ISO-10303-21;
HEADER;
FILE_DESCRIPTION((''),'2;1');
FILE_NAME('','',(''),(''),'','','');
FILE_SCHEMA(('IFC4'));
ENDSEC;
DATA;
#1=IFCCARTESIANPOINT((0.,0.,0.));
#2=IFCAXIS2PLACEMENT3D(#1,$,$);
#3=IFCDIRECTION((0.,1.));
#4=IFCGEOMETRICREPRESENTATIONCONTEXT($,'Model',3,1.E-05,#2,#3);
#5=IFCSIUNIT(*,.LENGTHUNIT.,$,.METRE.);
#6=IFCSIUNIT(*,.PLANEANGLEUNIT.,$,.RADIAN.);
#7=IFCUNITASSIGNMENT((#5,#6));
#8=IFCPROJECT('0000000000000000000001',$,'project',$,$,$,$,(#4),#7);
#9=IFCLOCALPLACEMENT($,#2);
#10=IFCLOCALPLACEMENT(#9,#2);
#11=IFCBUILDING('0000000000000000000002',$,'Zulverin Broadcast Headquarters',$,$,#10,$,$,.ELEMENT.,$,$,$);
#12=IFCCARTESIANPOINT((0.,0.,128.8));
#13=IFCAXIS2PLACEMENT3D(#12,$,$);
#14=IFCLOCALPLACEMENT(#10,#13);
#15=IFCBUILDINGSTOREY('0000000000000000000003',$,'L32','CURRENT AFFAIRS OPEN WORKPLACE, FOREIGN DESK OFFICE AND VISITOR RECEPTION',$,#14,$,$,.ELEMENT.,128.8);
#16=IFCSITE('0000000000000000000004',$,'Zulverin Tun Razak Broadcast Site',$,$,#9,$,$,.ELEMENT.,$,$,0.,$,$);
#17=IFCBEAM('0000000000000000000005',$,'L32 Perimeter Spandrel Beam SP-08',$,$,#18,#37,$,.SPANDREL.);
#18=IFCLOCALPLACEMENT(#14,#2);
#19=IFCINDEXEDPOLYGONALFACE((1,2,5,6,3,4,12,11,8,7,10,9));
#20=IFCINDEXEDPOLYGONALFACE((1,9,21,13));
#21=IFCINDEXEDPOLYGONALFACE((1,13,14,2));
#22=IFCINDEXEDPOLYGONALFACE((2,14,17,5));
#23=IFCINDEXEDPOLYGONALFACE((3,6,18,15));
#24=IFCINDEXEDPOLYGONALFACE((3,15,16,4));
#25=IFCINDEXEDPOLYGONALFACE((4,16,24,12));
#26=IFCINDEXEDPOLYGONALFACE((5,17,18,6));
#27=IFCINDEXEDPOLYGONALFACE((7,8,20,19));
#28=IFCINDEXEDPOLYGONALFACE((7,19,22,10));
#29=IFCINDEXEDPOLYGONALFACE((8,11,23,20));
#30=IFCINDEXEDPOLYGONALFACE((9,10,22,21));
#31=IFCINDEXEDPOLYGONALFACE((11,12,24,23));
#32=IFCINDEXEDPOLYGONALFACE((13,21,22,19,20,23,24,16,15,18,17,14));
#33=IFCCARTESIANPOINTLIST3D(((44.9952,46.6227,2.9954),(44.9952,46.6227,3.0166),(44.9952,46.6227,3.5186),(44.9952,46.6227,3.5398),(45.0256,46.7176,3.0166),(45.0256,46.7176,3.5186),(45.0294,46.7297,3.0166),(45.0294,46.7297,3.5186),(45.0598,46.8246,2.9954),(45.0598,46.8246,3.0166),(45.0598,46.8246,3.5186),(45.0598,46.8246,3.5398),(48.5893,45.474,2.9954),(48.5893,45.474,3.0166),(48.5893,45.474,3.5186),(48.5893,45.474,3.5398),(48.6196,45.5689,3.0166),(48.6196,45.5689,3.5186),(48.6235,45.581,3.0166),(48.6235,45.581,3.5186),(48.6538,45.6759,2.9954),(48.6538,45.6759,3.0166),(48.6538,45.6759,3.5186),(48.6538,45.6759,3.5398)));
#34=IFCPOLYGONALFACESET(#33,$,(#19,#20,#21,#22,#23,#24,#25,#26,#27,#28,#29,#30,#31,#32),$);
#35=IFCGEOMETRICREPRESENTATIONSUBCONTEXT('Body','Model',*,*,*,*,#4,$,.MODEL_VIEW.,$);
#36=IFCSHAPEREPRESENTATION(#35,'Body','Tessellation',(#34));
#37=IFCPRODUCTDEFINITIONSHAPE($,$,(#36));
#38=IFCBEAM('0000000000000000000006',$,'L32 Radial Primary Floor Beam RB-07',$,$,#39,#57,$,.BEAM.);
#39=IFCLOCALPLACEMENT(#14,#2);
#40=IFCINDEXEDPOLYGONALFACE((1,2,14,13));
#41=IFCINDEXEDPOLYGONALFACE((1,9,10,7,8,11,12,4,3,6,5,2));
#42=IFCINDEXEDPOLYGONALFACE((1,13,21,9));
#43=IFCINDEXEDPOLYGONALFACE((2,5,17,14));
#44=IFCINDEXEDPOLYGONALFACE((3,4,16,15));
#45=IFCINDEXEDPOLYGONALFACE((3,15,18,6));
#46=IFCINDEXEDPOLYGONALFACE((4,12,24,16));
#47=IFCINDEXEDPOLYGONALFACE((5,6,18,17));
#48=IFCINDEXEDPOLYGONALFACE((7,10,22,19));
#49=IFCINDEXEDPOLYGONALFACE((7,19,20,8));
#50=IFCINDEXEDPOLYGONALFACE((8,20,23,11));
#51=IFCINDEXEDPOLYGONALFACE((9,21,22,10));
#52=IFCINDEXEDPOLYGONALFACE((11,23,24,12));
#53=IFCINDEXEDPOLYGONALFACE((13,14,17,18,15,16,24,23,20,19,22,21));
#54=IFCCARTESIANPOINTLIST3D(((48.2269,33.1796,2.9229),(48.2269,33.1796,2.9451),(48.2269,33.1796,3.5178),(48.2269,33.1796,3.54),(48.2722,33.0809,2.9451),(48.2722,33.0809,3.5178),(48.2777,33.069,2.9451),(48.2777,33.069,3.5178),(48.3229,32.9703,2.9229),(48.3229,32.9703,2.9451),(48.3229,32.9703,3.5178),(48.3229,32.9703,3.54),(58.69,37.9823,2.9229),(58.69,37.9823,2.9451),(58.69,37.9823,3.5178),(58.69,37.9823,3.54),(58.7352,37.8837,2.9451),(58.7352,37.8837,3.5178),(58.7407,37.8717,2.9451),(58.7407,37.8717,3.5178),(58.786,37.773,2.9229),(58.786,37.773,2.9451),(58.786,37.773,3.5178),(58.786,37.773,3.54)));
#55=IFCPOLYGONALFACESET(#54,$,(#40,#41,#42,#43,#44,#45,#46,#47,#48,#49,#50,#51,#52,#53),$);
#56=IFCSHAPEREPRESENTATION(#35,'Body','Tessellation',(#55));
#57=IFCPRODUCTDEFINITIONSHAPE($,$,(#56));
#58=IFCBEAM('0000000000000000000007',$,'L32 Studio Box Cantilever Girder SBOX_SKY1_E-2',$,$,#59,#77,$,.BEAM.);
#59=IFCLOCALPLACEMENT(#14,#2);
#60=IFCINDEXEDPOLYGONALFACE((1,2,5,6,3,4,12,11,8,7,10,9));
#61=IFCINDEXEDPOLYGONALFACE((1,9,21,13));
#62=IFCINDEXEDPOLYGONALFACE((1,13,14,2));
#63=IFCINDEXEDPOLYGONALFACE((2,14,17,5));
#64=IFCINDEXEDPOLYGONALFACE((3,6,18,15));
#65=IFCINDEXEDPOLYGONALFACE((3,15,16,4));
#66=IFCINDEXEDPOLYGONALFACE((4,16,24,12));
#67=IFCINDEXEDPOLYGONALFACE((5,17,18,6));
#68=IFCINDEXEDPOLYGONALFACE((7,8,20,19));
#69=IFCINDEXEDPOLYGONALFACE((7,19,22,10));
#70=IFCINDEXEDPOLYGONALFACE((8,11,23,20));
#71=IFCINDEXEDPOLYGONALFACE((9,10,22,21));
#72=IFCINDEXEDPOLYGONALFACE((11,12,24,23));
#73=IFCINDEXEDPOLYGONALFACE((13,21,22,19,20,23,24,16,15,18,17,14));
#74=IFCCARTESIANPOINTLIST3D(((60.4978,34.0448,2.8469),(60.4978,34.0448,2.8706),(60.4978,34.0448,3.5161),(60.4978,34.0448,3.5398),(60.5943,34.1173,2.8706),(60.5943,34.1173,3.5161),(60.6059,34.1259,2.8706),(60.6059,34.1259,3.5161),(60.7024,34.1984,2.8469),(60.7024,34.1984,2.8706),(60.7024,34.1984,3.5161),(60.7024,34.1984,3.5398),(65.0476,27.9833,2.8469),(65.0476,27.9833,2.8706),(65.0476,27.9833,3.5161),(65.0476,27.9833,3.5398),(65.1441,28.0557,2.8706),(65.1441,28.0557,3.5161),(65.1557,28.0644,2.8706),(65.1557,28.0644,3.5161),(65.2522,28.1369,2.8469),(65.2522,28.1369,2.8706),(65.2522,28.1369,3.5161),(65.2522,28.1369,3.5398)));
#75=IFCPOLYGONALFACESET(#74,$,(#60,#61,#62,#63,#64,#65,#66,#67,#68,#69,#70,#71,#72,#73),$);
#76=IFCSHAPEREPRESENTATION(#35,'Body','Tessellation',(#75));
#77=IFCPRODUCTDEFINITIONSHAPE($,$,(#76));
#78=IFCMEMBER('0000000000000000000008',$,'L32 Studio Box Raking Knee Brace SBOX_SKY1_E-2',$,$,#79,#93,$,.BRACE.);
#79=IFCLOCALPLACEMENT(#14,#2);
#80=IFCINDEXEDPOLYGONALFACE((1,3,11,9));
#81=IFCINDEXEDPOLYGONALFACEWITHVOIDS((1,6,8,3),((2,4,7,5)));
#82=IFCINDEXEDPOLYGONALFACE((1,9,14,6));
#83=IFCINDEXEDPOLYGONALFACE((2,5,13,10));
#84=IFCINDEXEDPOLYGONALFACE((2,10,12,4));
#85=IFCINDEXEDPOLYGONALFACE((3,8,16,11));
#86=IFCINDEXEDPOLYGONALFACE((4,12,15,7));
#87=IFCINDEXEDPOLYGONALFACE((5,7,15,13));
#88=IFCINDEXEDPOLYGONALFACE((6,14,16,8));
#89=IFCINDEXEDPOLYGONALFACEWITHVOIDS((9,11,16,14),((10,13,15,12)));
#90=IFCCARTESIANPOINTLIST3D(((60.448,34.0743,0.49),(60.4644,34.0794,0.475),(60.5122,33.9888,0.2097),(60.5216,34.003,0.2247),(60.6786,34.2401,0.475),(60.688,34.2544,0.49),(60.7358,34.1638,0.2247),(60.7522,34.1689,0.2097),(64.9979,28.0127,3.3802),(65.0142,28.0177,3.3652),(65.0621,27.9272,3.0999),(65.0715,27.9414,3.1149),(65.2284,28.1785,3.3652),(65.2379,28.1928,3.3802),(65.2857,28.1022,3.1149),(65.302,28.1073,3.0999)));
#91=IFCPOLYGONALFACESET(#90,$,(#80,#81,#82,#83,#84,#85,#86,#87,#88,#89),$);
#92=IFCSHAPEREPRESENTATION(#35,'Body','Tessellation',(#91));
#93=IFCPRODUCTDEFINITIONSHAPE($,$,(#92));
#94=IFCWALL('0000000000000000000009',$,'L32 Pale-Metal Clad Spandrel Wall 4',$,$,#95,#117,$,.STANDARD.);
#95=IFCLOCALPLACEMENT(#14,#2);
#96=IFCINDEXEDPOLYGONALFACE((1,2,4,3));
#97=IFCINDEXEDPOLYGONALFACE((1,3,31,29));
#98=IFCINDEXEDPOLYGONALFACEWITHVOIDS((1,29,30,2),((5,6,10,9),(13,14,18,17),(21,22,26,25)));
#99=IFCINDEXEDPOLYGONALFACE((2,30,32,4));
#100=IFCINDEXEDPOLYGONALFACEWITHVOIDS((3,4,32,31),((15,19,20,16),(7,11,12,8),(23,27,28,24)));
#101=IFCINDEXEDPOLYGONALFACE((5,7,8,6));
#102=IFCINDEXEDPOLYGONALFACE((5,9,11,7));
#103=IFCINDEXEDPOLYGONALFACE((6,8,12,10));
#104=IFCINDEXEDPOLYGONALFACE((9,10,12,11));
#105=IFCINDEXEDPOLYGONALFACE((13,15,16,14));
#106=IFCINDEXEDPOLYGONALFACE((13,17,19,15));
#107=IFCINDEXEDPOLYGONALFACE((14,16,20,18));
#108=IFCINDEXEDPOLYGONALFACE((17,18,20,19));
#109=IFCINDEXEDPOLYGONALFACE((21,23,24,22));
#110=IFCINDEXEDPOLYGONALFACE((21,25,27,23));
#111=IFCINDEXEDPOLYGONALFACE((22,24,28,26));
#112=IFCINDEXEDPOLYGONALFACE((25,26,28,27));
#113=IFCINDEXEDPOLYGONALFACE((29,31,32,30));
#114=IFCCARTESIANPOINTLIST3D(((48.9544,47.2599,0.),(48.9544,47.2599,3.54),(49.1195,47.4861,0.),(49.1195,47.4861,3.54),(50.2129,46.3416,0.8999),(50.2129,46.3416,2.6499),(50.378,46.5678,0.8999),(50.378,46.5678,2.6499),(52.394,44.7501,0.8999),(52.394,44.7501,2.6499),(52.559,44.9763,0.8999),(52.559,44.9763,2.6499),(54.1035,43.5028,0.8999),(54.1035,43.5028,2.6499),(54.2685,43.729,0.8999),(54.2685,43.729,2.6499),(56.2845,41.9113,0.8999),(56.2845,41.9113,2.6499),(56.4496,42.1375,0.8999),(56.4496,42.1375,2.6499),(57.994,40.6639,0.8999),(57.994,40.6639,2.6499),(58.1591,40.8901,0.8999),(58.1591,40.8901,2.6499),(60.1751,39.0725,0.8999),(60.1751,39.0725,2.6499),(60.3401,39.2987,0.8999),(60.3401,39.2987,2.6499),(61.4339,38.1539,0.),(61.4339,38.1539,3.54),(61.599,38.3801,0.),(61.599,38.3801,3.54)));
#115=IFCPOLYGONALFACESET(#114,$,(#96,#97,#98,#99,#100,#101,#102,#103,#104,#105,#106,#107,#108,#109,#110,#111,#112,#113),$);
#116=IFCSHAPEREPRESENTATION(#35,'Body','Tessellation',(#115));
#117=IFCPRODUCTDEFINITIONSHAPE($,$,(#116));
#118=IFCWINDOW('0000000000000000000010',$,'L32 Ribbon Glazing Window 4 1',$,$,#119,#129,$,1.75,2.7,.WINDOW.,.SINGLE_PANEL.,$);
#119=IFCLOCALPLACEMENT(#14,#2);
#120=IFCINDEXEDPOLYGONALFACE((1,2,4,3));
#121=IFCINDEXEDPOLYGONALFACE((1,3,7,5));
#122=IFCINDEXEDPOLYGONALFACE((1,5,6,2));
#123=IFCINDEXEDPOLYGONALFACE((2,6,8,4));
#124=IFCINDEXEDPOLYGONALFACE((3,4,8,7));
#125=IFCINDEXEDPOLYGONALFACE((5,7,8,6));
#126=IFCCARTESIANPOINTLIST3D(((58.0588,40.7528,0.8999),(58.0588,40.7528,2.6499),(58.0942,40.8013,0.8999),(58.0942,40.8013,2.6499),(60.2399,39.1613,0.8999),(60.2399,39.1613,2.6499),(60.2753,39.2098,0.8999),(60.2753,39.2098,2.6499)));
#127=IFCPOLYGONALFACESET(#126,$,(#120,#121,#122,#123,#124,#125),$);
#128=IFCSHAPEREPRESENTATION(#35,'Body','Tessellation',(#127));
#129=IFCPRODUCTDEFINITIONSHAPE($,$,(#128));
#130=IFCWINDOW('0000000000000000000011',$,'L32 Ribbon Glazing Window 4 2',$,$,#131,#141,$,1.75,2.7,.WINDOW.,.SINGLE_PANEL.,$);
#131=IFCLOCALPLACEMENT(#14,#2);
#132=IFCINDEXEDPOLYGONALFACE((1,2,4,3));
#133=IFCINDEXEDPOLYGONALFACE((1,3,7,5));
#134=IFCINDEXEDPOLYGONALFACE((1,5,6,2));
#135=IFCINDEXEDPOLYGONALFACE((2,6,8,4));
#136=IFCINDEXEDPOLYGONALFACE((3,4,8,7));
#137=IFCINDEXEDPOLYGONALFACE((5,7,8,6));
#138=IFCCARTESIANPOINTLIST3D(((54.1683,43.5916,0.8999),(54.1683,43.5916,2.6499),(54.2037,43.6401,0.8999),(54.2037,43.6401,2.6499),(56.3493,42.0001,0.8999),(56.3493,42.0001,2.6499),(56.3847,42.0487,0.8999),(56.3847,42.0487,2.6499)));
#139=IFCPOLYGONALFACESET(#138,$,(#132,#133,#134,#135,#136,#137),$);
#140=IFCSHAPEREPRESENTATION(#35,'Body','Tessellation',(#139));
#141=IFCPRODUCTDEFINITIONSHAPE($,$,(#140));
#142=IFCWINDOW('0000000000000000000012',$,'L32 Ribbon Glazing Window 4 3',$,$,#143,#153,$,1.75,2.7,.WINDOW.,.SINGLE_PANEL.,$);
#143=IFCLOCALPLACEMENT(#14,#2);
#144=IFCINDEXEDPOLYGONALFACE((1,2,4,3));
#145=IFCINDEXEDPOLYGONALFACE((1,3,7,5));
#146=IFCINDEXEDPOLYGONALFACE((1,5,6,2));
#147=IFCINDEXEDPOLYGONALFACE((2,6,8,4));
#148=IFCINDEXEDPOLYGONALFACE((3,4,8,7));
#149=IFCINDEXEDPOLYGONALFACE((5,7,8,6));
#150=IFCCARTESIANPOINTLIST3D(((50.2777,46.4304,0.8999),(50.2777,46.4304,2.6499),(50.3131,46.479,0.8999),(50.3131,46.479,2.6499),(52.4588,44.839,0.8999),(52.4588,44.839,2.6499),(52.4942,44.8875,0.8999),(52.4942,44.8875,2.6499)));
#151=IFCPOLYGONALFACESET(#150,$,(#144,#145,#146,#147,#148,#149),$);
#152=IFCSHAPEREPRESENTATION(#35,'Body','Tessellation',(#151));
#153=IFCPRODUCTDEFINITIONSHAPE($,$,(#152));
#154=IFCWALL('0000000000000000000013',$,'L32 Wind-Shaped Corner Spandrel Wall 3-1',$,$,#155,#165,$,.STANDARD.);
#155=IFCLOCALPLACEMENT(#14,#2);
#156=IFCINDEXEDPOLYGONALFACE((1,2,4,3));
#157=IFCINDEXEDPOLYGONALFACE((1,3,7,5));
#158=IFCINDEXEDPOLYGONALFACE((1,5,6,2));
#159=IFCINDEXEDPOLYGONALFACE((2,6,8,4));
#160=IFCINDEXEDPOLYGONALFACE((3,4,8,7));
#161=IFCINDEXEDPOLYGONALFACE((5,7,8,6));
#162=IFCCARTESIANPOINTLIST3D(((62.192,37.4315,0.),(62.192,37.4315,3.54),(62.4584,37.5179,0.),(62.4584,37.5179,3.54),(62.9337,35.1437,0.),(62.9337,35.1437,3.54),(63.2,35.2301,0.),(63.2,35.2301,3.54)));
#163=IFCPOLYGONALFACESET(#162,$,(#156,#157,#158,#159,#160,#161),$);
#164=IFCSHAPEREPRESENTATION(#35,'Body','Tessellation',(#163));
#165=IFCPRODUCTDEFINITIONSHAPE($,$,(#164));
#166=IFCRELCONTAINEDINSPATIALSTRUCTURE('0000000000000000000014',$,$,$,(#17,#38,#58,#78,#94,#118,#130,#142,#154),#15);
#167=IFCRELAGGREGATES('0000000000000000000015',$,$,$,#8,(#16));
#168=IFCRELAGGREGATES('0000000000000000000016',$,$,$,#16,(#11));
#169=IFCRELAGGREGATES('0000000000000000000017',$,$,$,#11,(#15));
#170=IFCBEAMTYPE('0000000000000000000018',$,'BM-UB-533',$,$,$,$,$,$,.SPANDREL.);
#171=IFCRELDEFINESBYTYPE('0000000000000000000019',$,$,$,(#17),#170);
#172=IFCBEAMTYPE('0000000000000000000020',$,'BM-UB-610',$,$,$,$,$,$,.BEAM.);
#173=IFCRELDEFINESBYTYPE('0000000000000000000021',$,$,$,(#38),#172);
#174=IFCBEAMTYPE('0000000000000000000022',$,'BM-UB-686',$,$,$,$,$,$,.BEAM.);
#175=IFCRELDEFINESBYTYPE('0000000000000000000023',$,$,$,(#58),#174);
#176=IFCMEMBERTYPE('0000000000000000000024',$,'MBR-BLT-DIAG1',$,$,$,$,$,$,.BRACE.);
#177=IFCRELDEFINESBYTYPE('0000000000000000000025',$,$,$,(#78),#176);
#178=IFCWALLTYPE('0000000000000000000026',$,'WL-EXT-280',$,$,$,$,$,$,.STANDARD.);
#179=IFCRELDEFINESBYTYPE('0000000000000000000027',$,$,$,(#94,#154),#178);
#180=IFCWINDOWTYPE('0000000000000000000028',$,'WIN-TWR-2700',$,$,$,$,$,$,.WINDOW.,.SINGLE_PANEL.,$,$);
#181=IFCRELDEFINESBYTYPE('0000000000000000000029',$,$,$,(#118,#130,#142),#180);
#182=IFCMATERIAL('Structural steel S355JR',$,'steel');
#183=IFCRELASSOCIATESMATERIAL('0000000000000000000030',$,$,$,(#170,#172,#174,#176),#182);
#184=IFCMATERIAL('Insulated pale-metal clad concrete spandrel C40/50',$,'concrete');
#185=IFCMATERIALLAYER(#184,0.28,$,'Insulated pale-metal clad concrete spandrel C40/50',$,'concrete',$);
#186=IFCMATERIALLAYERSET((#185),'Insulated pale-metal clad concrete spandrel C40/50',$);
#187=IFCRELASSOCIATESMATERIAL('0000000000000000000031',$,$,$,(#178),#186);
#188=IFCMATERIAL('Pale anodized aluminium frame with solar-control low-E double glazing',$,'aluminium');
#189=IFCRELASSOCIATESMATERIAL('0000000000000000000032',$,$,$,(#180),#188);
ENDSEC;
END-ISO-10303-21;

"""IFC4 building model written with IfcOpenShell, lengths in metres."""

from ifc_helpers import new_model, si_unit, direction, frame, frame_2d, origin, origin_2d, place, context, subcontext, project, spatial, rectangle, hollow_rectangle, i_section, extrude, material, layer, layer_set, material_profile, profile_set, type_object, element, fill, save


model = new_model("IFC4")

# Units and contexts
model_context = context("Model", 3, precision=1e-05, world=origin(), true_north=direction((0.0, 1.0)))
body_context = subcontext(model_context, "Body", "Model", "MODEL_VIEW")
ifc_project = project(units=[si_unit("LENGTHUNIT", "METRE"), si_unit("PLANEANGLEUNIT", "RADIAN")], contexts=[model_context])

# Site, building, storey
site_placement = place(None, origin())
site = spatial("IfcSite", under=ifc_project, at=site_placement, Name="Zulverin Tun Razak Broadcast Site", CompositionType="ELEMENT", RefElevation=0.0)
building_placement = place(site_placement, origin())
building = spatial("IfcBuilding", under=site, at=building_placement, Name="Zulverin Broadcast Headquarters", CompositionType="ELEMENT")
storey_placement = place(building_placement, frame((0.0, 0.0, 128.8)))
storey = spatial("IfcBuildingStorey", under=building, at=storey_placement, Name="L32", Description="CURRENT AFFAIRS OPEN WORKPLACE, FOREIGN DESK OFFICE AND VISITOR RECEPTION", CompositionType="ELEMENT", Elevation=128.8)

# Beams
ifc_material_1 = material(Name="Structural steel S355JR", Category="steel")
ifc_material_profile_1 = material_profile(ifc_material_1, i_section(OverallWidth=0.2119, OverallDepth=0.5444, WebThickness=0.0127, FlangeThickness=0.0212, at=origin_2d()), Name="Structural steel S355JR", Category="steel")
ifc_profile_set_1 = profile_set([ifc_material_profile_1], Name="Structural steel S355JR")
beam_type_1 = type_object("IfcBeamType", Name="BM-UB-533", PredefinedType="SPANDREL", material=ifc_profile_set_1)
beam_1_placement = place(storey_placement, frame((48.6216, 45.575, 3.2676), z_axis=(-0.952532, 0.30444, 0.0), x_axis=(-0.30444, -0.952532, 0.0)))
element("IfcBeam", 1, at=beam_1_placement, inside=storey, type_object=beam_type_1, Name="L32 Perimeter Spandrel Beam SP-08", PredefinedType="SPANDREL", context=body_context, shape_type="SweptSolid", body=[
    extrude(i_section(OverallWidth=0.2119, OverallDepth=0.5444, WebThickness=0.0127, FlangeThickness=0.0212, at=origin_2d()), origin(), (0.0, 0.0, 1.0), 3.7732),
])
ifc_material_profile_2 = material_profile(ifc_material_1, i_section(OverallWidth=0.2302, OverallDepth=0.6172, WebThickness=0.0132, FlangeThickness=0.0222, at=origin_2d()), Name="Structural steel S355JR", Category="steel")
ifc_profile_set_2 = profile_set([ifc_material_profile_2], Name="Structural steel S355JR")
beam_type_2 = type_object("IfcBeamType", Name="BM-UB-610", PredefinedType="BEAM", material=ifc_profile_set_2)
beam_2_placement = place(storey_placement, frame((48.2749, 33.075, 3.2314), z_axis=(0.90883, 0.417167, 0.0), x_axis=(-0.417167, 0.90883, 0.0)))
element("IfcBeam", 2, at=beam_2_placement, inside=storey, type_object=beam_type_2, Name="L32 Radial Primary Floor Beam RB-07", PredefinedType="BEAM", context=body_context, shape_type="SweptSolid", body=[
    extrude(i_section(OverallWidth=0.2302, OverallDepth=0.6172, WebThickness=0.0132, FlangeThickness=0.0222, at=origin_2d()), origin(), (0.0, 0.0, 1.0), 11.5127),
])
ifc_material_profile_3 = material_profile(ifc_material_1, i_section(OverallWidth=0.2559, OverallDepth=0.6929, WebThickness=0.0144, FlangeThickness=0.0237, at=origin_2d()), Name="Structural steel S355JR", Category="steel")
ifc_profile_set_3 = profile_set([ifc_material_profile_3], Name="Structural steel S355JR")
beam_type_3 = type_object("IfcBeamType", Name="BM-UB-686", PredefinedType="BEAM", material=ifc_profile_set_3)
beam_3_placement = place(storey_placement, frame((60.6001, 34.1216, 3.1934), z_axis=(0.600309, -0.799768, 0.0), x_axis=(0.799768, 0.600309, 0.0)))
element("IfcBeam", 3, at=beam_3_placement, inside=storey, type_object=beam_type_3, Name="L32 Studio Box Cantilever Girder SBOX_SKY1_E-2", PredefinedType="BEAM", context=body_context, shape_type="SweptSolid", body=[
    extrude(i_section(OverallWidth=0.2559, OverallDepth=0.6929, WebThickness=0.0144, FlangeThickness=0.0237, at=origin_2d()), origin(), (0.0, 0.0, 1.0), 7.5791),
])

# Member
ifc_material_profile_4 = material_profile(ifc_material_1, hollow_rectangle(XDim=0.3, YDim=0.3, WallThickness=0.0161, at=origin_2d()), Name="Structural steel S355JR", Category="steel")
ifc_profile_set_4 = profile_set([ifc_material_profile_4], Name="Structural steel S355JR")
member_type = type_object("IfcMemberType", Name="MBR-BLT-DIAG1", PredefinedType="BRACE", material=ifc_profile_set_4)
member_placement = place(storey_placement, frame((60.6001, 34.1216, 0.3499), z_axis=(0.560911, -0.74728, 0.356303), x_axis=(0.799768, 0.600309, 0.0)))
element("IfcMember", 4, at=member_placement, inside=storey, type_object=member_type, Name="L32 Studio Box Raking Knee Brace SBOX_SKY1_E-2", PredefinedType="BRACE", context=body_context, shape_type="SweptSolid", body=[
    extrude(hollow_rectangle(XDim=0.3, YDim=0.3, WallThickness=0.0161, at=origin_2d()), origin(), (0.0, 0.0, 1.0), 8.1116),
])

# Wall, openings, windows
ifc_material_2 = material(Name="Insulated pale-metal clad concrete spandrel C40/50", Category="concrete")
ifc_layer_1 = layer(ifc_material_2, 0.28, Name="Insulated pale-metal clad concrete spandrel C40/50", Category="concrete")
ifc_layer_set_1 = layer_set([ifc_layer_1], Name="Insulated pale-metal clad concrete spandrel C40/50")
wall_type = type_object("IfcWallType", Name="WL-EXT-280", PredefinedType="STANDARD", material=ifc_layer_set_1)
wall_1_placement = place(storey_placement, frame((61.5164, 38.2671, 0.0), z_axis=(0.0, 0.0, 1.0), x_axis=(-0.807813, 0.58944, 0.0)))
wall_1 = element("IfcWall", 5, at=wall_1_placement, inside=storey, type_object=wall_type, Name="L32 Pale-Metal Clad Spandrel Wall 4", PredefinedType="STANDARD", context=body_context, shape_type="SweptSolid", body=[
    extrude(rectangle(XDim=15.4485, YDim=0.28, at=frame_2d((7.7241, 0.0))), origin(), (0.0, 0.0, 1.0), 3.54),
])
opening_1_placement = place(wall_1_placement, frame((1.5581, 0.0, 0.8999)))
opening_1 = element("IfcOpeningElement", 6, at=opening_1_placement, cuts=wall_1, PredefinedType="OPENING", context=body_context, shape_type="SweptSolid", body=[
    extrude(rectangle(XDim=2.7, YDim=1.75, at=frame_2d((1.3501, 0.875))), frame((0.0, 0.1499, 0.0), z_axis=(0.0, -1.0, 0.0), x_axis=(1.0, 0.0, 0.0)), (0.0, 0.0, 1.0), 0.3),
])
opening_2_placement = place(wall_1_placement, frame((6.3743, 0.0, 0.8999)))
opening_2 = element("IfcOpeningElement", 7, at=opening_2_placement, cuts=wall_1, PredefinedType="OPENING", context=body_context, shape_type="SweptSolid", body=[
    extrude(rectangle(XDim=2.7, YDim=1.75, at=frame_2d((1.3501, 0.875))), frame((0.0, 0.1499, 0.0), z_axis=(0.0, -1.0, 0.0), x_axis=(1.0, 0.0, 0.0)), (0.0, 0.0, 1.0), 0.3),
])
opening_3_placement = place(wall_1_placement, frame((11.1904, 0.0, 0.8999)))
opening_3 = element("IfcOpeningElement", 8, at=opening_3_placement, cuts=wall_1, PredefinedType="OPENING", context=body_context, shape_type="SweptSolid", body=[
    extrude(rectangle(XDim=2.7, YDim=1.75, at=frame_2d((1.3501, 0.875))), frame((0.0, 0.1499, 0.0), z_axis=(0.0, -1.0, 0.0), x_axis=(1.0, 0.0, 0.0)), (0.0, 0.0, 1.0), 0.3),
])
ifc_material_3 = material(Name="Pale anodized aluminium frame with solar-control low-E double glazing", Category="aluminium")
window_type = type_object("IfcWindowType", Name="WIN-TWR-2700", PartitioningType="SINGLE_PANEL", PredefinedType="WINDOW", material=ifc_material_3)
window_1_placement = place(opening_1_placement, origin())
window_1 = element("IfcWindow", 9, at=window_1_placement, inside=storey, type_object=window_type, Name="L32 Ribbon Glazing Window 4 1", OverallHeight=1.75, OverallWidth=2.7, PartitioningType="SINGLE_PANEL", PredefinedType="WINDOW", context=body_context, shape_type="SweptSolid", body=[
    extrude(rectangle(XDim=2.7, YDim=1.75, at=frame_2d((1.3501, 0.875))), frame((0.0, 0.03, 0.0), z_axis=(0.0, -1.0, 0.0), x_axis=(1.0, 0.0, 0.0)), (0.0, 0.0, 1.0), 0.0601),
])
fill(opening_1, window_1)
window_2_placement = place(opening_2_placement, origin())
window_2 = element("IfcWindow", 10, at=window_2_placement, inside=storey, type_object=window_type, Name="L32 Ribbon Glazing Window 4 2", OverallHeight=1.75, OverallWidth=2.7, PartitioningType="SINGLE_PANEL", PredefinedType="WINDOW", context=body_context, shape_type="SweptSolid", body=[
    extrude(rectangle(XDim=2.7, YDim=1.75, at=frame_2d((1.3501, 0.875))), frame((0.0, 0.03, 0.0), z_axis=(0.0, -1.0, 0.0), x_axis=(1.0, 0.0, 0.0)), (0.0, 0.0, 1.0), 0.0601),
])
fill(opening_2, window_2)
window_3_placement = place(opening_3_placement, origin())
window_3 = element("IfcWindow", 11, at=window_3_placement, inside=storey, type_object=window_type, Name="L32 Ribbon Glazing Window 4 3", OverallHeight=1.75, OverallWidth=2.7, PartitioningType="SINGLE_PANEL", PredefinedType="WINDOW", context=body_context, shape_type="SweptSolid", body=[
    extrude(rectangle(XDim=2.7, YDim=1.75, at=frame_2d((1.3501, 0.875))), frame((0.0, 0.03, 0.0), z_axis=(0.0, -1.0, 0.0), x_axis=(1.0, 0.0, 0.0)), (0.0, 0.0, 1.0), 0.0601),
])
fill(opening_3, window_3)

# Wall
wall_2_placement = place(storey_placement, frame((63.0669, 35.1868, 0.0), z_axis=(0.0, 0.0, 1.0), x_axis=(-0.308391, 0.95126, 0.0)))
element("IfcWall", 12, at=wall_2_placement, inside=storey, type_object=wall_type, Name="L32 Wind-Shaped Corner Spandrel Wall 3-1", PredefinedType="STANDARD", context=body_context, shape_type="SweptSolid", body=[
    extrude(rectangle(XDim=2.405, YDim=0.28, at=frame_2d((1.2026, 0.0))), origin(), (0.0, 0.0, 1.0), 3.54),
])

save(model, "model.ifc")
